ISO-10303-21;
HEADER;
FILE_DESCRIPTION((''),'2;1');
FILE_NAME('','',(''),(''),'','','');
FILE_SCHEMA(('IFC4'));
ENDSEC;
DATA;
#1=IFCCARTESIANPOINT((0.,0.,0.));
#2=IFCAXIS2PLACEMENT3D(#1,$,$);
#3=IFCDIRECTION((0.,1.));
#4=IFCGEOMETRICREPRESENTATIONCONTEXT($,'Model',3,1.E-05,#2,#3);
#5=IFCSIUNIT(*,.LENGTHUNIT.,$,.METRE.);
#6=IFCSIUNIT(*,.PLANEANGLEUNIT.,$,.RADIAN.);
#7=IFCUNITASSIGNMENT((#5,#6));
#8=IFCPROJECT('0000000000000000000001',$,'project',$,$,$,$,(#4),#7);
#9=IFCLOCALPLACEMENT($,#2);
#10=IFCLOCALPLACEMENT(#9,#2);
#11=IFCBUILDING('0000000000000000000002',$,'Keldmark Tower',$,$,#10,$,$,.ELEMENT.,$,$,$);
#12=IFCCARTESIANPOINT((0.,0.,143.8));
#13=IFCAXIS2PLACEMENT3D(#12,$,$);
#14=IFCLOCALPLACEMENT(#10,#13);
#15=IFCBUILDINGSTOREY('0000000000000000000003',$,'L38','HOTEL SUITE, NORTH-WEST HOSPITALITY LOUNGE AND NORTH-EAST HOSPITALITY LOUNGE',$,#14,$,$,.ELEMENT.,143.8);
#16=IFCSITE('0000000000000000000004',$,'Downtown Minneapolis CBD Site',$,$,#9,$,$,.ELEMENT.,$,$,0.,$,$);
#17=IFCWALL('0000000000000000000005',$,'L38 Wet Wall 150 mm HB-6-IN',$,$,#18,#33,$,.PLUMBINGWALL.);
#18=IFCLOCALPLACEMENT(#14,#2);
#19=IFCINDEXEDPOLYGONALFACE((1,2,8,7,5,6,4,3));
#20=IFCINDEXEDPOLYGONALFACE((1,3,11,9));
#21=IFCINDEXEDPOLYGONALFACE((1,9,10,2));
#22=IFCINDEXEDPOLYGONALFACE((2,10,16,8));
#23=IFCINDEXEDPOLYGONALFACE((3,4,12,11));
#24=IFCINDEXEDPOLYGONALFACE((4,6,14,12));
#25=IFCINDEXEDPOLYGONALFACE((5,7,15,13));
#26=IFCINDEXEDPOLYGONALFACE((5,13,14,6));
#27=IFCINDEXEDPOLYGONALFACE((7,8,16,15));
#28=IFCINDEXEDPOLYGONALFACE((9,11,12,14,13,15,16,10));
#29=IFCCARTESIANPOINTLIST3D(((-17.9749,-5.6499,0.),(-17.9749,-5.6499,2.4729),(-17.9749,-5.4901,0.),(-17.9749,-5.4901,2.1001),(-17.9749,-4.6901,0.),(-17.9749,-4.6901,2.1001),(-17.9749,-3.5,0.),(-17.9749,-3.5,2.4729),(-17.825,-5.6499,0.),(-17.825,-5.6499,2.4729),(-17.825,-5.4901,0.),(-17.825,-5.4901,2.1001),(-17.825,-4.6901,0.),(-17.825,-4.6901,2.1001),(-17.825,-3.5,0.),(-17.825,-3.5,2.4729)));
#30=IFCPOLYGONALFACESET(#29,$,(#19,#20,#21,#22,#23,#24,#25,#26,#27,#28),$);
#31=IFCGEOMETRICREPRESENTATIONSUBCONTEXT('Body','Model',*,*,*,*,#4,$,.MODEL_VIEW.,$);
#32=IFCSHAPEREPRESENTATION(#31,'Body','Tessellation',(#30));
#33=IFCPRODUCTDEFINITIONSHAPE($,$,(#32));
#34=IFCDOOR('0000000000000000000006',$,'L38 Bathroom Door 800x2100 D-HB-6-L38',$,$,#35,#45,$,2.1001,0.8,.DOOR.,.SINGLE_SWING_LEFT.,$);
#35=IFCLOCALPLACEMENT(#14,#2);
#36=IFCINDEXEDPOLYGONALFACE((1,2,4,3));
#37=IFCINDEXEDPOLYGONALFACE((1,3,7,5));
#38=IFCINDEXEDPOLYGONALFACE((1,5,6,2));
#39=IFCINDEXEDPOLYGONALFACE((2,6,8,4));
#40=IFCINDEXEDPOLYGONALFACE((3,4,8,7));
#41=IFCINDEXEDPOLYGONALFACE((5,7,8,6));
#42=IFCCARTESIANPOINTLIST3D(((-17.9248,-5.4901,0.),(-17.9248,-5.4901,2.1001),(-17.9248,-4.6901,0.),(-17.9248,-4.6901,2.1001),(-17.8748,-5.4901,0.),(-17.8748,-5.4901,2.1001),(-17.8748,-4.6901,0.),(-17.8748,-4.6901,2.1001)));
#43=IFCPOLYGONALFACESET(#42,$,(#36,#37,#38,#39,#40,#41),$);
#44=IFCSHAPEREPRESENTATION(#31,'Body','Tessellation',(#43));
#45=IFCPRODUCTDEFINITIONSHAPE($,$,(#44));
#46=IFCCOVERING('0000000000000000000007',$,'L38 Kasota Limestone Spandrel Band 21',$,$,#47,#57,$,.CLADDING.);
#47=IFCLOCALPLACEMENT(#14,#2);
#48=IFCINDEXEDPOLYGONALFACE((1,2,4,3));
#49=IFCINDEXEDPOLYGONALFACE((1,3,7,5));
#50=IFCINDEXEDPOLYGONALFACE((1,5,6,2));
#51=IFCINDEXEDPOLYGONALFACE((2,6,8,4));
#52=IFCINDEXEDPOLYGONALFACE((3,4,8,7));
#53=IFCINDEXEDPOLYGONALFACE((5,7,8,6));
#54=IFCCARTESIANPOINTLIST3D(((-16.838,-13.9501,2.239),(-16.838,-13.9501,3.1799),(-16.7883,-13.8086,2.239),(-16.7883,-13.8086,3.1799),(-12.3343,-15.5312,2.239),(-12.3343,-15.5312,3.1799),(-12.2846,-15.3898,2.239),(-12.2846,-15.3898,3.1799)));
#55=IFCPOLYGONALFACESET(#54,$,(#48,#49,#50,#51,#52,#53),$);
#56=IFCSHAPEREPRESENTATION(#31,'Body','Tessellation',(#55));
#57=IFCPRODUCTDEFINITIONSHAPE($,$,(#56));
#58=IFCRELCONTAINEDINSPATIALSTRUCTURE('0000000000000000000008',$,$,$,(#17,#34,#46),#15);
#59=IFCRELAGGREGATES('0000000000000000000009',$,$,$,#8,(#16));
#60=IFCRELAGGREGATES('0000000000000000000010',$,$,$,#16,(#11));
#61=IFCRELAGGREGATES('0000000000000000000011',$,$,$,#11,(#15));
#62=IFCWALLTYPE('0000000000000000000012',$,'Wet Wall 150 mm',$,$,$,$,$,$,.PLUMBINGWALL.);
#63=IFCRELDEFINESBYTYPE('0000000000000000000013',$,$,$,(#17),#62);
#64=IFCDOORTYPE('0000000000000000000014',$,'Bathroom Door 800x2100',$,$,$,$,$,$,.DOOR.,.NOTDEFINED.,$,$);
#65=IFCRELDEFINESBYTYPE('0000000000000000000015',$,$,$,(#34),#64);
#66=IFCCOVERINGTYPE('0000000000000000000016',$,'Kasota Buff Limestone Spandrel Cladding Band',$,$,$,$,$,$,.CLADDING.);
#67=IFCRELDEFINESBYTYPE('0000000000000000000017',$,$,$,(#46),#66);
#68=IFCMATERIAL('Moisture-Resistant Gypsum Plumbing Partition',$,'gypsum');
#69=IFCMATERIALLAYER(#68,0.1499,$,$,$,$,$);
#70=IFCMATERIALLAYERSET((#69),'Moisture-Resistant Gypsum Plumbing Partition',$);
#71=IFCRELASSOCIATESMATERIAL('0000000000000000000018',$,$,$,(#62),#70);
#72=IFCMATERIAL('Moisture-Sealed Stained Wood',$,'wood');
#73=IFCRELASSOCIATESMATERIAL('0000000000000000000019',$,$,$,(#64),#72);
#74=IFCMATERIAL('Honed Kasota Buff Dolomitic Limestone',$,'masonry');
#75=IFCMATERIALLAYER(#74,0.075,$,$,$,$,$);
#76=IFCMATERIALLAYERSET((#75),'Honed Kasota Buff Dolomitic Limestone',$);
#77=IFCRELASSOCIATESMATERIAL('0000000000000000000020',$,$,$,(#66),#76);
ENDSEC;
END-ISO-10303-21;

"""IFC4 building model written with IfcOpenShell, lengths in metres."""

from ifc_helpers import new_model, si_unit, direction, frame, frame_2d, origin, origin_2d, place, context, subcontext, project, spatial, rectangle, extrude, material, layer, layer_set, type_object, element, fill, save


model = new_model("IFC4")

# Units and contexts
model_context = context("Model", 3, precision=1e-05, world=origin(), true_north=direction((0.0, 1.0)))
body_context = subcontext(model_context, "Body", "Model", "MODEL_VIEW")
ifc_project = project(units=[si_unit("LENGTHUNIT", "METRE"), si_unit("PLANEANGLEUNIT", "RADIAN")], contexts=[model_context])

# Site, building, storey
site_placement = place(None, origin())
site = spatial("IfcSite", under=ifc_project, at=site_placement, Name="Downtown Minneapolis CBD Site", CompositionType="ELEMENT", RefElevation=0.0)
building_placement = place(site_placement, origin())
building = spatial("IfcBuilding", under=site, at=building_placement, Name="Keldmark Tower", CompositionType="ELEMENT")
storey_placement = place(building_placement, frame((0.0, 0.0, 143.8)))
storey = spatial("IfcBuildingStorey", under=building, at=storey_placement, Name="L38", Description="HOTEL SUITE, NORTH-WEST HOSPITALITY LOUNGE AND NORTH-EAST HOSPITALITY LOUNGE", CompositionType="ELEMENT", Elevation=143.8)

# Shared definitions
ifc_material_1 = material(Name="Moisture-Resistant Gypsum Plumbing Partition", Category="gypsum")
ifc_layer_1 = layer(ifc_material_1, 0.1499)
ifc_layer_set_1 = layer_set([ifc_layer_1], Name="Moisture-Resistant Gypsum Plumbing Partition")
wall_type_1 = type_object("IfcWallType", Name="Wet Wall 150 mm", PredefinedType="PLUMBINGWALL", material=ifc_layer_set_1)
ifc_material_2 = material(Name="Moisture-Sealed Stained Wood", Category="wood")
door_type_1 = type_object("IfcDoorType", Name="Bathroom Door 800x2100", OperationType="NOTDEFINED", PredefinedType="DOOR", material=ifc_material_2)

# Wall, opening, door
wall_1_placement = place(storey_placement, frame((-17.8999, -5.6499, 0.0), z_axis=(0.0, 0.0, 1.0), x_axis=(0.0, 1.0, 0.0)))
wall_1 = element("IfcWall", 1, at=wall_1_placement, inside=storey, type_object=wall_type_1, Name="L38 Wet Wall 150 mm HB-6-IN", PredefinedType="PLUMBINGWALL", context=body_context, shape_type="SweptSolid", body=[
    extrude(rectangle(XDim=2.1499, YDim=0.1499, at=frame_2d((1.075, 0.0))), origin(), (0.0, 0.0, 1.0), 2.4729),
])
opening_1_placement = place(wall_1_placement, frame((0.1599, 0.0, 0.0)))
opening_1 = element("IfcOpeningElement", 2, at=opening_1_placement, cuts=wall_1, PredefinedType="OPENING", context=body_context, shape_type="SweptSolid", body=[
    extrude(rectangle(XDim=0.8, YDim=2.1001, at=frame_2d((0.3999, 1.05))), frame((0.0, 0.085, 0.0), z_axis=(0.0, -1.0, 0.0), x_axis=(1.0, 0.0, 0.0)), (0.0, 0.0, 1.0), 0.1699),
])
door_1_placement = place(opening_1_placement, origin())
door_1 = element("IfcDoor", 3, at=door_1_placement, inside=storey, type_object=door_type_1, Name="L38 Bathroom Door 800x2100 D-HB-6-L38", OperationType="SINGLE_SWING_LEFT", OverallHeight=2.1001, OverallWidth=0.8, PredefinedType="DOOR", context=body_context, shape_type="SweptSolid", body=[
    extrude(rectangle(XDim=0.8, YDim=2.1001, at=frame_2d((0.3999, 1.05))), frame((0.0, 0.0249, 0.0), z_axis=(0.0, -1.0, 0.0), x_axis=(1.0, 0.0, 0.0)), (0.0, 0.0, 1.0), 0.05),
])
fill(opening_1, door_1)

# Covering
ifc_material_3 = material(Name="Honed Kasota Buff Dolomitic Limestone", Category="masonry")
ifc_layer_2 = layer(ifc_material_3, 0.075)
ifc_layer_set_2 = layer_set([ifc_layer_2], Name="Honed Kasota Buff Dolomitic Limestone")
covering_type = type_object("IfcCoveringType", Name="Kasota Buff Limestone Spandrel Cladding Band", PredefinedType="CLADDING", material=ifc_layer_set_2)
covering_placement = place(storey_placement, frame((-14.5613, -14.6699, 2.239), z_axis=(0.0, 0.0, 1.0), x_axis=(0.943541, -0.331256, 0.0)))
element("IfcCovering", 4, at=covering_placement, inside=storey, type_object=covering_type, Name="L38 Kasota Limestone Spandrel Band 21", PredefinedType="CLADDING", context=body_context, shape_type="SweptSolid", body=[
    extrude(rectangle(XDim=4.7732, YDim=0.1499, at=origin_2d()), origin(), (0.0, 0.0, 1.0), 0.9409),
])

save(model, "model.ifc")
